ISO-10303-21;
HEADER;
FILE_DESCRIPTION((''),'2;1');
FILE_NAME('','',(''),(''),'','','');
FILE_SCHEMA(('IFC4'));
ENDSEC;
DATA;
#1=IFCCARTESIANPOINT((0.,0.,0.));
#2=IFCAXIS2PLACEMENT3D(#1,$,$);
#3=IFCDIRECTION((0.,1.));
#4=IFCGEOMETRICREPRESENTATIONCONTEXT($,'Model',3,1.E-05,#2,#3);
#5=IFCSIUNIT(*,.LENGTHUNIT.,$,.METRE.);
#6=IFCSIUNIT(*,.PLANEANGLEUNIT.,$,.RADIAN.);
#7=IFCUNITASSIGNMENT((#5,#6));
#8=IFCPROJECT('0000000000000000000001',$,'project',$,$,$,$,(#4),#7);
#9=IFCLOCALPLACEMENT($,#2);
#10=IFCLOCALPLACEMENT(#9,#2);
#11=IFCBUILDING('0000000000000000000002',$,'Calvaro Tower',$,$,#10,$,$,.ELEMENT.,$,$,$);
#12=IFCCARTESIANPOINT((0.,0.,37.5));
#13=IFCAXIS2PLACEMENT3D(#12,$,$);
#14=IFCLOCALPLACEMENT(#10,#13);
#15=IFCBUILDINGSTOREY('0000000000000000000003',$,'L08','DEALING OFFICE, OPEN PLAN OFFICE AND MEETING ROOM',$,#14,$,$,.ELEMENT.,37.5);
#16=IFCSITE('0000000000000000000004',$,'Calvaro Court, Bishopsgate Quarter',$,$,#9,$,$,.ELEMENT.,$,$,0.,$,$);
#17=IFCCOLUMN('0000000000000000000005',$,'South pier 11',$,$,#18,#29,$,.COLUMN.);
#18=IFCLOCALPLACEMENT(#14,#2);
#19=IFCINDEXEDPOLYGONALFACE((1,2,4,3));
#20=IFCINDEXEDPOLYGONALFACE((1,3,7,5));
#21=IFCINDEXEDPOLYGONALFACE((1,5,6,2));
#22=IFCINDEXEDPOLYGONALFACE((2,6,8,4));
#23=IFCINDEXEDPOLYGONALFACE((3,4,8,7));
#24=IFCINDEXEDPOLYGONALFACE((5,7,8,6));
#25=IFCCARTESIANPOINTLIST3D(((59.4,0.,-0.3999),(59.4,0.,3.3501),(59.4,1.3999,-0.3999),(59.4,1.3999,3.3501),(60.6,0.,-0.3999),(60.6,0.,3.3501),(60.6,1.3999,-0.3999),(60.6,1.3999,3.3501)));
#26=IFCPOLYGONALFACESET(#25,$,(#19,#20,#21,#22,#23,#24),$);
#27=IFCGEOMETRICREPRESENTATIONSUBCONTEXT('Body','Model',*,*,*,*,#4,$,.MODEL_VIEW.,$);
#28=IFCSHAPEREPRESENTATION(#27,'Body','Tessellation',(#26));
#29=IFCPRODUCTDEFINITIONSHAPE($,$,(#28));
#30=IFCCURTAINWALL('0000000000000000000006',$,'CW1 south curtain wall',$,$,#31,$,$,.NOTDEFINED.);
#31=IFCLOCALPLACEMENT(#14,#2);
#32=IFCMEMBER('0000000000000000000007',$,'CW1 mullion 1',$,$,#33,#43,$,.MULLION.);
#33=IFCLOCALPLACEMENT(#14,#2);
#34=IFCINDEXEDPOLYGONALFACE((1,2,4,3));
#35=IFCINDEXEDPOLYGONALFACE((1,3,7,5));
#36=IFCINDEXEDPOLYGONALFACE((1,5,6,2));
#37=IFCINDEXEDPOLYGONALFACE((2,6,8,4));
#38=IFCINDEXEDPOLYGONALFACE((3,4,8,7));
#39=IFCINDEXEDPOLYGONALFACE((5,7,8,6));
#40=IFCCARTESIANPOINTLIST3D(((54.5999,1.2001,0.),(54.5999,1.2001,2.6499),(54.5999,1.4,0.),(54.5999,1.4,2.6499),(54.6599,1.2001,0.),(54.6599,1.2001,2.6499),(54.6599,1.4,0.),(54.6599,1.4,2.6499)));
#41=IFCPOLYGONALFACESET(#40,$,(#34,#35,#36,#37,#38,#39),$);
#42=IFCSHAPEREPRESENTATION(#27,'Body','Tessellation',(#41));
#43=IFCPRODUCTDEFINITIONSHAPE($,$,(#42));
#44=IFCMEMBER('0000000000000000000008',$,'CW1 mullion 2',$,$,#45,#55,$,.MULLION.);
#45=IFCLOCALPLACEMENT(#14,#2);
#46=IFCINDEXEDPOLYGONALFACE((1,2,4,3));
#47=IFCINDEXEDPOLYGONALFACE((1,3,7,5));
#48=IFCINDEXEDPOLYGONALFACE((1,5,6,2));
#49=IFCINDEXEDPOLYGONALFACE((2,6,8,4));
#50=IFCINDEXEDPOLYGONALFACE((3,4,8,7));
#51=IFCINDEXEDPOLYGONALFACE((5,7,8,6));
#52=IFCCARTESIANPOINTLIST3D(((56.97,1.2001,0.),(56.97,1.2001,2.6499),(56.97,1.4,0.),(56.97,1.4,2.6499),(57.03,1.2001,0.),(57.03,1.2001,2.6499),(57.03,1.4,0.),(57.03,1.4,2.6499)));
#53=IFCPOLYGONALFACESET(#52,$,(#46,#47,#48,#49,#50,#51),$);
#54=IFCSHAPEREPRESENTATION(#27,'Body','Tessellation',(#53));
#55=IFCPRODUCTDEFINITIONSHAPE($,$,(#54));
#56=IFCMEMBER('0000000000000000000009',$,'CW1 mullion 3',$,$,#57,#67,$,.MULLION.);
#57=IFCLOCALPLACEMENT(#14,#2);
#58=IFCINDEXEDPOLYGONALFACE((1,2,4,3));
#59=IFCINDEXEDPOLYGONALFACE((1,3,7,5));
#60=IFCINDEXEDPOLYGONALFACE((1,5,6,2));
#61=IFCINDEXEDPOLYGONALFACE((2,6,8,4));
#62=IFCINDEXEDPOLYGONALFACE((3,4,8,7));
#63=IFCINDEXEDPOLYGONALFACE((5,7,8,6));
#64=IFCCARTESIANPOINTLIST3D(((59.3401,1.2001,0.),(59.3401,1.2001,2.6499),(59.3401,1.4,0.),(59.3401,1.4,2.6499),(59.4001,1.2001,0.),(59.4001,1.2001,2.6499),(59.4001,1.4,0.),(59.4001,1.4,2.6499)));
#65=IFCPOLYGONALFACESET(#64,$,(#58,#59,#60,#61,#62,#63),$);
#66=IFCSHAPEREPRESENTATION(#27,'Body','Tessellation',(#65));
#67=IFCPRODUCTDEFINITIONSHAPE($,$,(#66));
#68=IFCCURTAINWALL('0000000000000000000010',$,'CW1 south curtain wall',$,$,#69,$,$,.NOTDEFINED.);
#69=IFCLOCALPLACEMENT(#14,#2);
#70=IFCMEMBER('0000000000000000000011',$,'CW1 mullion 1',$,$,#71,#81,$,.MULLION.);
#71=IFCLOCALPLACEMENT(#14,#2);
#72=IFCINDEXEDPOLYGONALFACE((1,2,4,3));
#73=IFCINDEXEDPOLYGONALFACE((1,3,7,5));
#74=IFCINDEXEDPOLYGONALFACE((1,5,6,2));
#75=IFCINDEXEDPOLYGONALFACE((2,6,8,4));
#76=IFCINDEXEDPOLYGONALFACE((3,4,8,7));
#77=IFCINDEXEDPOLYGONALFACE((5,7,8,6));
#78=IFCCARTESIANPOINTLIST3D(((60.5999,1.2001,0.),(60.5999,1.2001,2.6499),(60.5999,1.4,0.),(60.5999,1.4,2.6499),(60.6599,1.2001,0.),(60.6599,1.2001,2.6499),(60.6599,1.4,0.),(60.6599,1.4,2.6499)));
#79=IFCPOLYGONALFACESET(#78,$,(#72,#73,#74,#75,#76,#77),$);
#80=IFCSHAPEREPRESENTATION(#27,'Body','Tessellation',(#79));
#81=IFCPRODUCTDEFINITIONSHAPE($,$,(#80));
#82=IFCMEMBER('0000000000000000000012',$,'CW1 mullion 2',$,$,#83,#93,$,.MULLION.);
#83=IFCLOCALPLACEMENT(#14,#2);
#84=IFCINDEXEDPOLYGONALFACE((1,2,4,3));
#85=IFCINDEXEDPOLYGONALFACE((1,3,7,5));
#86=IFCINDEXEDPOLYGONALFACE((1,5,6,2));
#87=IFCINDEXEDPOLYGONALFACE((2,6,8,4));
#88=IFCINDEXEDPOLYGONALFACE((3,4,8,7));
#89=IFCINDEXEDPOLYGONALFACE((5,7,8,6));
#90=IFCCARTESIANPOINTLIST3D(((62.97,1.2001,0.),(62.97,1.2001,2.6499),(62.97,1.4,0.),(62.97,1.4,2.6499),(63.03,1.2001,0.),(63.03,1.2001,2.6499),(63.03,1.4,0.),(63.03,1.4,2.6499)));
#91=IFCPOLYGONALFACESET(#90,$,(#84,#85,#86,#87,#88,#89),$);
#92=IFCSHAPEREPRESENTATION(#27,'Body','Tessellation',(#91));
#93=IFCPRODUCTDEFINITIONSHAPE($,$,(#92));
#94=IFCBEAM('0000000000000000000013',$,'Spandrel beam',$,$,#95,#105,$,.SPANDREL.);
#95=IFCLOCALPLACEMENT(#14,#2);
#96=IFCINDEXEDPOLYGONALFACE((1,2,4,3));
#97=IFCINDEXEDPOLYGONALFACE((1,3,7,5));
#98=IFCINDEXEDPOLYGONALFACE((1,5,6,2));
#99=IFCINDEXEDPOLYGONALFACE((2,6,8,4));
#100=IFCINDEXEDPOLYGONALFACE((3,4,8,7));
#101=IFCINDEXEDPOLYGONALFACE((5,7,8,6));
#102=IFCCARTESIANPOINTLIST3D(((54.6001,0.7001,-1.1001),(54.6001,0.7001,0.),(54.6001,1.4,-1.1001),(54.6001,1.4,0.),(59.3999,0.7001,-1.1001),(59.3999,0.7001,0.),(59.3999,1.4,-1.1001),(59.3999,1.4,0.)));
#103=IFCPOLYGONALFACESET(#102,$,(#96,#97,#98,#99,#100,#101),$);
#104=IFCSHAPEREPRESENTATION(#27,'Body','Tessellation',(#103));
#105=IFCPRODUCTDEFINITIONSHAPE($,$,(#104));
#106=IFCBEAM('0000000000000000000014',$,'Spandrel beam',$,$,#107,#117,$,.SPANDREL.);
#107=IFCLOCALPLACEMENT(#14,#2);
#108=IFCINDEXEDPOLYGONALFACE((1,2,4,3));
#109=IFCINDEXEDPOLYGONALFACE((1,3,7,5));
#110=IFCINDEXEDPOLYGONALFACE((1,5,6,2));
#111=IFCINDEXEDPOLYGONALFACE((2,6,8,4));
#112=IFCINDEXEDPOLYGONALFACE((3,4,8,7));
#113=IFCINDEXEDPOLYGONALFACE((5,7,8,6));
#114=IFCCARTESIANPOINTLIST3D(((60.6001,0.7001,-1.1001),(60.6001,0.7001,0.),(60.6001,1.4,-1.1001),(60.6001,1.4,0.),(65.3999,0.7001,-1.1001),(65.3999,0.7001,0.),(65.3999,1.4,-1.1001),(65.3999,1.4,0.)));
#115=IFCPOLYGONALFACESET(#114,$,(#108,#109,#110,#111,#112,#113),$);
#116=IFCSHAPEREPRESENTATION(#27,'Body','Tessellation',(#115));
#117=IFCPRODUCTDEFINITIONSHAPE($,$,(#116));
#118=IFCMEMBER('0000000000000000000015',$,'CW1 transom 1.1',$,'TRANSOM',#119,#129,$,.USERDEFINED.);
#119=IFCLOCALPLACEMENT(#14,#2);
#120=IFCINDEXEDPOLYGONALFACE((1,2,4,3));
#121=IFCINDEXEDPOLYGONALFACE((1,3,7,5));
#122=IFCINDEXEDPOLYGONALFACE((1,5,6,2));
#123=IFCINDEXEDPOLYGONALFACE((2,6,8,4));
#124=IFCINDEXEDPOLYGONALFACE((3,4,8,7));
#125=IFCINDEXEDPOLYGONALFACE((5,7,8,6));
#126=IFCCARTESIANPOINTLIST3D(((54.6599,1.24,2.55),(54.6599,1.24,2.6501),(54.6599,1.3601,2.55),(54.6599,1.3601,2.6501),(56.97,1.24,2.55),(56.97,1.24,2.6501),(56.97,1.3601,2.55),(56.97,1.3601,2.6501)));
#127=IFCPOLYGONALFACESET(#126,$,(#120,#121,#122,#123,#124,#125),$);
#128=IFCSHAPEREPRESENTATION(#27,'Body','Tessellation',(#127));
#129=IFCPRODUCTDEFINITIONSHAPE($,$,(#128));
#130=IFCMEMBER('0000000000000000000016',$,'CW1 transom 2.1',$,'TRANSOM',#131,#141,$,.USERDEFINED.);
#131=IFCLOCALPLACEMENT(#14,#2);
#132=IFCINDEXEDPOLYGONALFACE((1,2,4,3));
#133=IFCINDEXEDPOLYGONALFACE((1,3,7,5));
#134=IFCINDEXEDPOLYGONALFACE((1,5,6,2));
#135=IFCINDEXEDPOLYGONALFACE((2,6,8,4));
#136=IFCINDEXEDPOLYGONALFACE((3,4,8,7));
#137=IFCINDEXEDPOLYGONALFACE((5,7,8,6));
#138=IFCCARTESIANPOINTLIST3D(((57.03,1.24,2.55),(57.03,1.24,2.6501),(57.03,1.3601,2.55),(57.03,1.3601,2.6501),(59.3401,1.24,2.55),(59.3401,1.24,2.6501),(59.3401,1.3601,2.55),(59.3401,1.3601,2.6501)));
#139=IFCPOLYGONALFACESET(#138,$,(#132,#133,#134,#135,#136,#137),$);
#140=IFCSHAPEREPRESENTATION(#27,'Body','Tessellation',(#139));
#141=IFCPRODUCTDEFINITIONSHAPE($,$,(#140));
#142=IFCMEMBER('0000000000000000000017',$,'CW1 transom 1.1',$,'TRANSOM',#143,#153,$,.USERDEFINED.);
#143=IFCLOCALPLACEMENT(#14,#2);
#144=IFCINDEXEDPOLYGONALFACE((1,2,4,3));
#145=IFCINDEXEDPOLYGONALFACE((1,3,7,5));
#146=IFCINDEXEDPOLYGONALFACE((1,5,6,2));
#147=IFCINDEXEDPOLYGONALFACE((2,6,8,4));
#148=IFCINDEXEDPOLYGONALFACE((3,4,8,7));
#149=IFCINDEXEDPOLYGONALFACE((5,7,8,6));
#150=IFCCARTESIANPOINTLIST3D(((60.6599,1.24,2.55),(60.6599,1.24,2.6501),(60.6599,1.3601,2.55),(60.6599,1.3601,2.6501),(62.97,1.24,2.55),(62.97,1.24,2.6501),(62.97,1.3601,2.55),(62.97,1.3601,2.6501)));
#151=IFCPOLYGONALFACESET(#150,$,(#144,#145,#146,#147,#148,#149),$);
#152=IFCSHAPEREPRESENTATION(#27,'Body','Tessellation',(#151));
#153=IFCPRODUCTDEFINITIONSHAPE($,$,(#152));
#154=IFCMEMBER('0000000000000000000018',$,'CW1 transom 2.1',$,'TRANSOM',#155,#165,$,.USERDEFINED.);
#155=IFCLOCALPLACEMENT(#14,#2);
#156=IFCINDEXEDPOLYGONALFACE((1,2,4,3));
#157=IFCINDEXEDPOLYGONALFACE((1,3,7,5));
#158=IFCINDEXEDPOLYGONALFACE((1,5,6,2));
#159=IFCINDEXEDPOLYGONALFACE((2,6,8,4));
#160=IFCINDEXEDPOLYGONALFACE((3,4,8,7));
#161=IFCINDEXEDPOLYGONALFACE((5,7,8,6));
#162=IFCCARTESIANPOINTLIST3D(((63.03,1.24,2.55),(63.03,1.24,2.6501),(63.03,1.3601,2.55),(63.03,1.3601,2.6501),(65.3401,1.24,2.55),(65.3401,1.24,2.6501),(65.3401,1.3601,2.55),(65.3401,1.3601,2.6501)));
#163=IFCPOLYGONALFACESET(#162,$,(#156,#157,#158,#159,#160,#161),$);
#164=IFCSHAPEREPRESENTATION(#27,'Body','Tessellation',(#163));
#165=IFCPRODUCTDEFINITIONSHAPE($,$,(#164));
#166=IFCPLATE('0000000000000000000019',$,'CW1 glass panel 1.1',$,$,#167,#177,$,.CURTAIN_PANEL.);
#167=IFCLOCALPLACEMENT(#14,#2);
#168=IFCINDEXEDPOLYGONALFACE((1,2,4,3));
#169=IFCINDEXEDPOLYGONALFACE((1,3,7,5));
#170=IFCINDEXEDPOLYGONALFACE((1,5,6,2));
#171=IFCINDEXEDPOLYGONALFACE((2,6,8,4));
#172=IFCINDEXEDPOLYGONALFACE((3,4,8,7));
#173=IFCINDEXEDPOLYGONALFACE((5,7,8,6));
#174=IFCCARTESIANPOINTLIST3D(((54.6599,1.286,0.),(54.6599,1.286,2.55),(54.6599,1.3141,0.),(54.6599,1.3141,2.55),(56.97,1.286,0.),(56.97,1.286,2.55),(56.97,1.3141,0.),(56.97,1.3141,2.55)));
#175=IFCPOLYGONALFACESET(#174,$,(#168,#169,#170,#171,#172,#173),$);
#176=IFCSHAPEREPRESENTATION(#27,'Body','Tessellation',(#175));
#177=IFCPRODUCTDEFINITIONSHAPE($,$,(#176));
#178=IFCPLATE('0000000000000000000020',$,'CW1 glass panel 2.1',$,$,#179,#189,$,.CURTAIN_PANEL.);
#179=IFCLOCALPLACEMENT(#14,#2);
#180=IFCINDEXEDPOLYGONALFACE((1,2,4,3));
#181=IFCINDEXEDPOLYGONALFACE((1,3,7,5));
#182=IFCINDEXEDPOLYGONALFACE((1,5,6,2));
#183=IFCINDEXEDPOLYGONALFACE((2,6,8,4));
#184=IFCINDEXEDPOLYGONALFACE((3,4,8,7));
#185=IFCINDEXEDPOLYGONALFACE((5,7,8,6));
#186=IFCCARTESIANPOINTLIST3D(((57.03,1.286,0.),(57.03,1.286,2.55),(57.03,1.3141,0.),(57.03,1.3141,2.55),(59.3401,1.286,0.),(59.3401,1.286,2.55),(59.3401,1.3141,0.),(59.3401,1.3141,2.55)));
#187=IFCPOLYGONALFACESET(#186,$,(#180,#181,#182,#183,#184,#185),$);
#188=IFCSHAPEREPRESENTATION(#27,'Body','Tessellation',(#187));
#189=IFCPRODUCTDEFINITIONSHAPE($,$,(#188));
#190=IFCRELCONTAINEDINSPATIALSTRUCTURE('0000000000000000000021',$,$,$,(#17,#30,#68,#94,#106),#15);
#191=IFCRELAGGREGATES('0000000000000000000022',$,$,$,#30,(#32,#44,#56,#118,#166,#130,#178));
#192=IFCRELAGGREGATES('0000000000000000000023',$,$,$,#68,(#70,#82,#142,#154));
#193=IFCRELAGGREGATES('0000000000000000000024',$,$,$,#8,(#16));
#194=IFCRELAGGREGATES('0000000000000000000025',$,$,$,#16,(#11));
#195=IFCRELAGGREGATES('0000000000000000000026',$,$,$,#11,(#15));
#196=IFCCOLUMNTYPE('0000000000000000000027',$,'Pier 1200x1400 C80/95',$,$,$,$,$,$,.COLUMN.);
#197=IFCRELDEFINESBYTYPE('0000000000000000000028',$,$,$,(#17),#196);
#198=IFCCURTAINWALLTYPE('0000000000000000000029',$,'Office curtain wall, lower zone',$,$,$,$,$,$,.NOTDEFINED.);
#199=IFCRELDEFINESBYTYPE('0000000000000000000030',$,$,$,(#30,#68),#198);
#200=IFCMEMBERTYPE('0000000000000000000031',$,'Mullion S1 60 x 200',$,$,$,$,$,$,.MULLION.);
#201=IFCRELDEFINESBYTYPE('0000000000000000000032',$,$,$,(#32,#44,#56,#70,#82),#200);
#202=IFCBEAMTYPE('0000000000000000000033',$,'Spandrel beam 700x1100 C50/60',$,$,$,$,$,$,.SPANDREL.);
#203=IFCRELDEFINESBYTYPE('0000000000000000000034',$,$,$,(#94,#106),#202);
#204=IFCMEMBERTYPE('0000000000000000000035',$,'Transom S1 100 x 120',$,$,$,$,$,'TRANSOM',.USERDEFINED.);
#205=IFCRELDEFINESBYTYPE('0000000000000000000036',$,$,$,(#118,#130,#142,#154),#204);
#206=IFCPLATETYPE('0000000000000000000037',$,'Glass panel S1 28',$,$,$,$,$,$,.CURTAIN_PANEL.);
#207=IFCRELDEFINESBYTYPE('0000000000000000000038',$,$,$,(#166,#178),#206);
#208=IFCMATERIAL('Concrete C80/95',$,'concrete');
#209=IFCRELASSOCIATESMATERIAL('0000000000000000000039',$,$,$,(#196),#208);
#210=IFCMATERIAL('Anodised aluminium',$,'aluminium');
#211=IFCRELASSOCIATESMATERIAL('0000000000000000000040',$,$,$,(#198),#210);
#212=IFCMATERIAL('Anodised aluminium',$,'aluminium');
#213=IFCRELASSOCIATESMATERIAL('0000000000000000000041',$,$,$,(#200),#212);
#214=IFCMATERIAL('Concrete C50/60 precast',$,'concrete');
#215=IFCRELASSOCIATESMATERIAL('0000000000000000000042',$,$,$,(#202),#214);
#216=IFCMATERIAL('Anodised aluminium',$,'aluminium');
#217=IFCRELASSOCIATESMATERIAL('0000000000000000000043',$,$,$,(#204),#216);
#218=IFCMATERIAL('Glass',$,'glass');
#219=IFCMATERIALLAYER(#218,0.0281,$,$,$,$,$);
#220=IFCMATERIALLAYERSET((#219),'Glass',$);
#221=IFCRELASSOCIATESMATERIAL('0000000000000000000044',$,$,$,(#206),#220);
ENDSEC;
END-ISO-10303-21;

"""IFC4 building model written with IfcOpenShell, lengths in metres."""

from ifc_helpers import new_model, si_unit, direction, frame, origin, origin_2d, place, context, subcontext, project, spatial, rectangle, extrude, material, layer, layer_set, material_profile, profile_set, type_object, element, aggregate, save


model = new_model("IFC4")

# Units and contexts
model_context = context("Model", 3, precision=1e-05, world=origin(), true_north=direction((0.0, 1.0)))
body_context = subcontext(model_context, "Body", "Model", "MODEL_VIEW")
ifc_project = project(units=[si_unit("LENGTHUNIT", "METRE"), si_unit("PLANEANGLEUNIT", "RADIAN")], contexts=[model_context])

# Site, building, storey
site_placement = place(None, origin())
site = spatial("IfcSite", under=ifc_project, at=site_placement, Name="Calvaro Court, Bishopsgate Quarter", CompositionType="ELEMENT", RefElevation=0.0)
building_placement = place(site_placement, origin())
building = spatial("IfcBuilding", under=site, at=building_placement, Name="Calvaro Tower", CompositionType="ELEMENT")
storey_placement = place(building_placement, frame((0.0, 0.0, 37.5)))
storey = spatial("IfcBuildingStorey", under=building, at=storey_placement, Name="L08", Description="DEALING OFFICE, OPEN PLAN OFFICE AND MEETING ROOM", CompositionType="ELEMENT", Elevation=37.5)

# Column
ifc_material_1 = material(Name="Concrete C80/95", Category="concrete")
ifc_material_profile_1 = material_profile(ifc_material_1, rectangle(XDim=1.2, YDim=1.3999, at=origin_2d()), Name="RC 1200x1400")
ifc_profile_set_1 = profile_set([ifc_material_profile_1], Name="Concrete C80/95")
column_type = type_object("IfcColumnType", Name="Pier 1200x1400 C80/95", PredefinedType="COLUMN", material=ifc_profile_set_1)
column_placement = place(storey_placement, frame((60.0, 0.7, -0.3999), z_axis=(0.0, 0.0, 1.0), x_axis=(1.0, 0.0, 0.0)))
element("IfcColumn", 1, at=column_placement, inside=storey, type_object=column_type, Name="South pier 11", PredefinedType="COLUMN", context=body_context, shape_type="SweptSolid", body=[
    extrude(rectangle(XDim=1.2, YDim=1.3999, at=origin_2d()), origin(), (0.0, 0.0, 1.0), 3.75),
])

# Curtain walls, members
ifc_material_2 = material(Name="Anodised aluminium", Category="aluminium")
curtain_wall_type = type_object("IfcCurtainWallType", Name="Office curtain wall, lower zone", PredefinedType="NOTDEFINED", material=ifc_material_2)
curtain_wall_1_placement = place(storey_placement, origin())
curtain_wall_1 = element("IfcCurtainWall", 2, at=curtain_wall_1_placement, inside=storey, type_object=curtain_wall_type, Name="CW1 south curtain wall", PredefinedType="NOTDEFINED")
ifc_material_3 = material(Name="Anodised aluminium", Category="aluminium")
ifc_material_profile_2 = material_profile(ifc_material_3, rectangle(XDim=0.2, YDim=0.0601, at=origin_2d()), Name="Mullion S1 60 x 200")
ifc_profile_set_2 = profile_set([ifc_material_profile_2], Name="Anodised aluminium")
member_type_1 = type_object("IfcMemberType", Name="Mullion S1 60 x 200", PredefinedType="MULLION", material=ifc_profile_set_2)
member_1_placement = place(storey_placement, frame((54.6299, 1.3, 0.0), z_axis=(0.0, 0.0, 1.0), x_axis=(0.0, 1.0, 0.0)))
member_1 = element("IfcMember", 3, at=member_1_placement, type_object=member_type_1, Name="CW1 mullion 1", PredefinedType="MULLION", context=body_context, shape_type="SweptSolid", body=[
    extrude(rectangle(XDim=0.2, YDim=0.0601, at=origin_2d()), origin(), (0.0, 0.0, 1.0), 2.6499),
])
member_2_placement = place(storey_placement, frame((57.0, 1.3, 0.0), z_axis=(0.0, 0.0, 1.0), x_axis=(0.0, 1.0, 0.0)))
member_2 = element("IfcMember", 4, at=member_2_placement, type_object=member_type_1, Name="CW1 mullion 2", PredefinedType="MULLION", context=body_context, shape_type="SweptSolid", body=[
    extrude(rectangle(XDim=0.2, YDim=0.0601, at=origin_2d()), origin(), (0.0, 0.0, 1.0), 2.6499),
])
member_3_placement = place(storey_placement, frame((59.3701, 1.3, 0.0), z_axis=(0.0, 0.0, 1.0), x_axis=(0.0, 1.0, 0.0)))
member_3 = element("IfcMember", 5, at=member_3_placement, type_object=member_type_1, Name="CW1 mullion 3", PredefinedType="MULLION", context=body_context, shape_type="SweptSolid", body=[
    extrude(rectangle(XDim=0.2, YDim=0.0601, at=origin_2d()), origin(), (0.0, 0.0, 1.0), 2.6499),
])
curtain_wall_2_placement = place(storey_placement, origin())
curtain_wall_2 = element("IfcCurtainWall", 6, at=curtain_wall_2_placement, inside=storey, type_object=curtain_wall_type, Name="CW1 south curtain wall", PredefinedType="NOTDEFINED")
member_4_placement = place(storey_placement, frame((60.6299, 1.3, 0.0), z_axis=(0.0, 0.0, 1.0), x_axis=(0.0, 1.0, 0.0)))
member_4 = element("IfcMember", 7, at=member_4_placement, type_object=member_type_1, Name="CW1 mullion 1", PredefinedType="MULLION", context=body_context, shape_type="SweptSolid", body=[
    extrude(rectangle(XDim=0.2, YDim=0.0601, at=origin_2d()), origin(), (0.0, 0.0, 1.0), 2.6499),
])
member_5_placement = place(storey_placement, frame((63.0, 1.3, 0.0), z_axis=(0.0, 0.0, 1.0), x_axis=(0.0, 1.0, 0.0)))
member_5 = element("IfcMember", 8, at=member_5_placement, type_object=member_type_1, Name="CW1 mullion 2", PredefinedType="MULLION", context=body_context, shape_type="SweptSolid", body=[
    extrude(rectangle(XDim=0.2, YDim=0.0601, at=origin_2d()), origin(), (0.0, 0.0, 1.0), 2.6499),
])

# Beams
ifc_material_4 = material(Name="Concrete C50/60 precast", Category="concrete")
ifc_material_profile_3 = material_profile(ifc_material_4, rectangle(XDim=0.7, YDim=1.1001, at=origin_2d()), Name="RC 700x1100")
ifc_profile_set_3 = profile_set([ifc_material_profile_3], Name="Concrete C50/60 precast")
beam_type = type_object("IfcBeamType", Name="Spandrel beam 700x1100 C50/60", PredefinedType="SPANDREL", material=ifc_profile_set_3)
for number, where, z_axis, x_axis, name in (
    (9, (54.6001, 1.05, -0.55), (1.0, 0.0, 0.0), (0.0, 1.0, 0.0), "Spandrel beam"),
    (10, (60.6001, 1.05, -0.55), (1.0, 0.0, 0.0), (0.0, 1.0, 0.0), "Spandrel beam"),
):
    element("IfcBeam", number, at=place(storey_placement, frame(where, z_axis=z_axis, x_axis=x_axis)), inside=storey, type_object=beam_type, Name=name, PredefinedType="SPANDREL", context=body_context, shape_type="SweptSolid", body=[
        extrude(rectangle(XDim=0.7, YDim=1.1001, at=origin_2d()), origin(), (0.0, 0.0, 1.0), 4.7998),
    ])

# Members
ifc_material_5 = material(Name="Anodised aluminium", Category="aluminium")
ifc_material_profile_4 = material_profile(ifc_material_5, rectangle(XDim=0.1201, YDim=0.1001, at=origin_2d()), Name="Transom S1 100 x 120")
ifc_profile_set_4 = profile_set([ifc_material_profile_4], Name="Anodised aluminium")
member_type_2 = type_object("IfcMemberType", Name="Transom S1 100 x 120", ElementType="TRANSOM", PredefinedType="USERDEFINED", material=ifc_profile_set_4)
member_6_placement = place(storey_placement, frame((54.6599, 1.3, 2.6001), z_axis=(1.0, 0.0, 0.0), x_axis=(0.0, 1.0, 0.0)))
member_6 = element("IfcMember", 11, at=member_6_placement, type_object=member_type_2, Name="CW1 transom 1.1", ObjectType="TRANSOM", PredefinedType="USERDEFINED", context=body_context, shape_type="SweptSolid", body=[
    extrude(rectangle(XDim=0.1201, YDim=0.1001, at=origin_2d()), origin(), (0.0, 0.0, 1.0), 2.3101),
])
member_7_placement = place(storey_placement, frame((57.03, 1.3, 2.6001), z_axis=(1.0, 0.0, 0.0), x_axis=(0.0, 1.0, 0.0)))
member_7 = element("IfcMember", 12, at=member_7_placement, type_object=member_type_2, Name="CW1 transom 2.1", ObjectType="TRANSOM", PredefinedType="USERDEFINED", context=body_context, shape_type="SweptSolid", body=[
    extrude(rectangle(XDim=0.1201, YDim=0.1001, at=origin_2d()), origin(), (0.0, 0.0, 1.0), 2.3101),
])
member_8_placement = place(storey_placement, frame((60.6599, 1.3, 2.6001), z_axis=(1.0, 0.0, 0.0), x_axis=(0.0, 1.0, 0.0)))
member_8 = element("IfcMember", 13, at=member_8_placement, type_object=member_type_2, Name="CW1 transom 1.1", ObjectType="TRANSOM", PredefinedType="USERDEFINED", context=body_context, shape_type="SweptSolid", body=[
    extrude(rectangle(XDim=0.1201, YDim=0.1001, at=origin_2d()), origin(), (0.0, 0.0, 1.0), 2.3101),
])
member_9_placement = place(storey_placement, frame((63.03, 1.3, 2.6001), z_axis=(1.0, 0.0, 0.0), x_axis=(0.0, 1.0, 0.0)))
member_9 = element("IfcMember", 14, at=member_9_placement, type_object=member_type_2, Name="CW1 transom 2.1", ObjectType="TRANSOM", PredefinedType="USERDEFINED", context=body_context, shape_type="SweptSolid", body=[
    extrude(rectangle(XDim=0.1201, YDim=0.1001, at=origin_2d()), origin(), (0.0, 0.0, 1.0), 2.3101),
])

# Plates
ifc_material_6 = material(Name="Glass", Category="glass")
ifc_layer = layer(ifc_material_6, 0.0281)
ifc_layer_set = layer_set([ifc_layer], Name="Glass")
plate_type = type_object("IfcPlateType", Name="Glass panel S1 28", PredefinedType="CURTAIN_PANEL", material=ifc_layer_set)
plate_1_placement = place(storey_placement, frame((55.8149, 1.3, 0.0), z_axis=(0.0, 0.0, 1.0), x_axis=(1.0, 0.0, 0.0)))
plate_1 = element("IfcPlate", 15, at=plate_1_placement, type_object=plate_type, Name="CW1 glass panel 1.1", PredefinedType="CURTAIN_PANEL", context=body_context, shape_type="SweptSolid", body=[
    extrude(rectangle(XDim=2.3101, YDim=0.0281, at=origin_2d()), origin(), (0.0, 0.0, 1.0), 2.55),
])
plate_2_placement = place(storey_placement, frame((58.1851, 1.3, 0.0), z_axis=(0.0, 0.0, 1.0), x_axis=(1.0, 0.0, 0.0)))
plate_2 = element("IfcPlate", 16, at=plate_2_placement, type_object=plate_type, Name="CW1 glass panel 2.1", PredefinedType="CURTAIN_PANEL", context=body_context, shape_type="SweptSolid", body=[
    extrude(rectangle(XDim=2.3101, YDim=0.0281, at=origin_2d()), origin(), (0.0, 0.0, 1.0), 2.55),
])
aggregate(curtain_wall_1, [member_1, member_2, member_3, member_6, plate_1, member_7, plate_2])
aggregate(curtain_wall_2, [member_4, member_5, member_8, member_9])

save(model, "model.ifc")
